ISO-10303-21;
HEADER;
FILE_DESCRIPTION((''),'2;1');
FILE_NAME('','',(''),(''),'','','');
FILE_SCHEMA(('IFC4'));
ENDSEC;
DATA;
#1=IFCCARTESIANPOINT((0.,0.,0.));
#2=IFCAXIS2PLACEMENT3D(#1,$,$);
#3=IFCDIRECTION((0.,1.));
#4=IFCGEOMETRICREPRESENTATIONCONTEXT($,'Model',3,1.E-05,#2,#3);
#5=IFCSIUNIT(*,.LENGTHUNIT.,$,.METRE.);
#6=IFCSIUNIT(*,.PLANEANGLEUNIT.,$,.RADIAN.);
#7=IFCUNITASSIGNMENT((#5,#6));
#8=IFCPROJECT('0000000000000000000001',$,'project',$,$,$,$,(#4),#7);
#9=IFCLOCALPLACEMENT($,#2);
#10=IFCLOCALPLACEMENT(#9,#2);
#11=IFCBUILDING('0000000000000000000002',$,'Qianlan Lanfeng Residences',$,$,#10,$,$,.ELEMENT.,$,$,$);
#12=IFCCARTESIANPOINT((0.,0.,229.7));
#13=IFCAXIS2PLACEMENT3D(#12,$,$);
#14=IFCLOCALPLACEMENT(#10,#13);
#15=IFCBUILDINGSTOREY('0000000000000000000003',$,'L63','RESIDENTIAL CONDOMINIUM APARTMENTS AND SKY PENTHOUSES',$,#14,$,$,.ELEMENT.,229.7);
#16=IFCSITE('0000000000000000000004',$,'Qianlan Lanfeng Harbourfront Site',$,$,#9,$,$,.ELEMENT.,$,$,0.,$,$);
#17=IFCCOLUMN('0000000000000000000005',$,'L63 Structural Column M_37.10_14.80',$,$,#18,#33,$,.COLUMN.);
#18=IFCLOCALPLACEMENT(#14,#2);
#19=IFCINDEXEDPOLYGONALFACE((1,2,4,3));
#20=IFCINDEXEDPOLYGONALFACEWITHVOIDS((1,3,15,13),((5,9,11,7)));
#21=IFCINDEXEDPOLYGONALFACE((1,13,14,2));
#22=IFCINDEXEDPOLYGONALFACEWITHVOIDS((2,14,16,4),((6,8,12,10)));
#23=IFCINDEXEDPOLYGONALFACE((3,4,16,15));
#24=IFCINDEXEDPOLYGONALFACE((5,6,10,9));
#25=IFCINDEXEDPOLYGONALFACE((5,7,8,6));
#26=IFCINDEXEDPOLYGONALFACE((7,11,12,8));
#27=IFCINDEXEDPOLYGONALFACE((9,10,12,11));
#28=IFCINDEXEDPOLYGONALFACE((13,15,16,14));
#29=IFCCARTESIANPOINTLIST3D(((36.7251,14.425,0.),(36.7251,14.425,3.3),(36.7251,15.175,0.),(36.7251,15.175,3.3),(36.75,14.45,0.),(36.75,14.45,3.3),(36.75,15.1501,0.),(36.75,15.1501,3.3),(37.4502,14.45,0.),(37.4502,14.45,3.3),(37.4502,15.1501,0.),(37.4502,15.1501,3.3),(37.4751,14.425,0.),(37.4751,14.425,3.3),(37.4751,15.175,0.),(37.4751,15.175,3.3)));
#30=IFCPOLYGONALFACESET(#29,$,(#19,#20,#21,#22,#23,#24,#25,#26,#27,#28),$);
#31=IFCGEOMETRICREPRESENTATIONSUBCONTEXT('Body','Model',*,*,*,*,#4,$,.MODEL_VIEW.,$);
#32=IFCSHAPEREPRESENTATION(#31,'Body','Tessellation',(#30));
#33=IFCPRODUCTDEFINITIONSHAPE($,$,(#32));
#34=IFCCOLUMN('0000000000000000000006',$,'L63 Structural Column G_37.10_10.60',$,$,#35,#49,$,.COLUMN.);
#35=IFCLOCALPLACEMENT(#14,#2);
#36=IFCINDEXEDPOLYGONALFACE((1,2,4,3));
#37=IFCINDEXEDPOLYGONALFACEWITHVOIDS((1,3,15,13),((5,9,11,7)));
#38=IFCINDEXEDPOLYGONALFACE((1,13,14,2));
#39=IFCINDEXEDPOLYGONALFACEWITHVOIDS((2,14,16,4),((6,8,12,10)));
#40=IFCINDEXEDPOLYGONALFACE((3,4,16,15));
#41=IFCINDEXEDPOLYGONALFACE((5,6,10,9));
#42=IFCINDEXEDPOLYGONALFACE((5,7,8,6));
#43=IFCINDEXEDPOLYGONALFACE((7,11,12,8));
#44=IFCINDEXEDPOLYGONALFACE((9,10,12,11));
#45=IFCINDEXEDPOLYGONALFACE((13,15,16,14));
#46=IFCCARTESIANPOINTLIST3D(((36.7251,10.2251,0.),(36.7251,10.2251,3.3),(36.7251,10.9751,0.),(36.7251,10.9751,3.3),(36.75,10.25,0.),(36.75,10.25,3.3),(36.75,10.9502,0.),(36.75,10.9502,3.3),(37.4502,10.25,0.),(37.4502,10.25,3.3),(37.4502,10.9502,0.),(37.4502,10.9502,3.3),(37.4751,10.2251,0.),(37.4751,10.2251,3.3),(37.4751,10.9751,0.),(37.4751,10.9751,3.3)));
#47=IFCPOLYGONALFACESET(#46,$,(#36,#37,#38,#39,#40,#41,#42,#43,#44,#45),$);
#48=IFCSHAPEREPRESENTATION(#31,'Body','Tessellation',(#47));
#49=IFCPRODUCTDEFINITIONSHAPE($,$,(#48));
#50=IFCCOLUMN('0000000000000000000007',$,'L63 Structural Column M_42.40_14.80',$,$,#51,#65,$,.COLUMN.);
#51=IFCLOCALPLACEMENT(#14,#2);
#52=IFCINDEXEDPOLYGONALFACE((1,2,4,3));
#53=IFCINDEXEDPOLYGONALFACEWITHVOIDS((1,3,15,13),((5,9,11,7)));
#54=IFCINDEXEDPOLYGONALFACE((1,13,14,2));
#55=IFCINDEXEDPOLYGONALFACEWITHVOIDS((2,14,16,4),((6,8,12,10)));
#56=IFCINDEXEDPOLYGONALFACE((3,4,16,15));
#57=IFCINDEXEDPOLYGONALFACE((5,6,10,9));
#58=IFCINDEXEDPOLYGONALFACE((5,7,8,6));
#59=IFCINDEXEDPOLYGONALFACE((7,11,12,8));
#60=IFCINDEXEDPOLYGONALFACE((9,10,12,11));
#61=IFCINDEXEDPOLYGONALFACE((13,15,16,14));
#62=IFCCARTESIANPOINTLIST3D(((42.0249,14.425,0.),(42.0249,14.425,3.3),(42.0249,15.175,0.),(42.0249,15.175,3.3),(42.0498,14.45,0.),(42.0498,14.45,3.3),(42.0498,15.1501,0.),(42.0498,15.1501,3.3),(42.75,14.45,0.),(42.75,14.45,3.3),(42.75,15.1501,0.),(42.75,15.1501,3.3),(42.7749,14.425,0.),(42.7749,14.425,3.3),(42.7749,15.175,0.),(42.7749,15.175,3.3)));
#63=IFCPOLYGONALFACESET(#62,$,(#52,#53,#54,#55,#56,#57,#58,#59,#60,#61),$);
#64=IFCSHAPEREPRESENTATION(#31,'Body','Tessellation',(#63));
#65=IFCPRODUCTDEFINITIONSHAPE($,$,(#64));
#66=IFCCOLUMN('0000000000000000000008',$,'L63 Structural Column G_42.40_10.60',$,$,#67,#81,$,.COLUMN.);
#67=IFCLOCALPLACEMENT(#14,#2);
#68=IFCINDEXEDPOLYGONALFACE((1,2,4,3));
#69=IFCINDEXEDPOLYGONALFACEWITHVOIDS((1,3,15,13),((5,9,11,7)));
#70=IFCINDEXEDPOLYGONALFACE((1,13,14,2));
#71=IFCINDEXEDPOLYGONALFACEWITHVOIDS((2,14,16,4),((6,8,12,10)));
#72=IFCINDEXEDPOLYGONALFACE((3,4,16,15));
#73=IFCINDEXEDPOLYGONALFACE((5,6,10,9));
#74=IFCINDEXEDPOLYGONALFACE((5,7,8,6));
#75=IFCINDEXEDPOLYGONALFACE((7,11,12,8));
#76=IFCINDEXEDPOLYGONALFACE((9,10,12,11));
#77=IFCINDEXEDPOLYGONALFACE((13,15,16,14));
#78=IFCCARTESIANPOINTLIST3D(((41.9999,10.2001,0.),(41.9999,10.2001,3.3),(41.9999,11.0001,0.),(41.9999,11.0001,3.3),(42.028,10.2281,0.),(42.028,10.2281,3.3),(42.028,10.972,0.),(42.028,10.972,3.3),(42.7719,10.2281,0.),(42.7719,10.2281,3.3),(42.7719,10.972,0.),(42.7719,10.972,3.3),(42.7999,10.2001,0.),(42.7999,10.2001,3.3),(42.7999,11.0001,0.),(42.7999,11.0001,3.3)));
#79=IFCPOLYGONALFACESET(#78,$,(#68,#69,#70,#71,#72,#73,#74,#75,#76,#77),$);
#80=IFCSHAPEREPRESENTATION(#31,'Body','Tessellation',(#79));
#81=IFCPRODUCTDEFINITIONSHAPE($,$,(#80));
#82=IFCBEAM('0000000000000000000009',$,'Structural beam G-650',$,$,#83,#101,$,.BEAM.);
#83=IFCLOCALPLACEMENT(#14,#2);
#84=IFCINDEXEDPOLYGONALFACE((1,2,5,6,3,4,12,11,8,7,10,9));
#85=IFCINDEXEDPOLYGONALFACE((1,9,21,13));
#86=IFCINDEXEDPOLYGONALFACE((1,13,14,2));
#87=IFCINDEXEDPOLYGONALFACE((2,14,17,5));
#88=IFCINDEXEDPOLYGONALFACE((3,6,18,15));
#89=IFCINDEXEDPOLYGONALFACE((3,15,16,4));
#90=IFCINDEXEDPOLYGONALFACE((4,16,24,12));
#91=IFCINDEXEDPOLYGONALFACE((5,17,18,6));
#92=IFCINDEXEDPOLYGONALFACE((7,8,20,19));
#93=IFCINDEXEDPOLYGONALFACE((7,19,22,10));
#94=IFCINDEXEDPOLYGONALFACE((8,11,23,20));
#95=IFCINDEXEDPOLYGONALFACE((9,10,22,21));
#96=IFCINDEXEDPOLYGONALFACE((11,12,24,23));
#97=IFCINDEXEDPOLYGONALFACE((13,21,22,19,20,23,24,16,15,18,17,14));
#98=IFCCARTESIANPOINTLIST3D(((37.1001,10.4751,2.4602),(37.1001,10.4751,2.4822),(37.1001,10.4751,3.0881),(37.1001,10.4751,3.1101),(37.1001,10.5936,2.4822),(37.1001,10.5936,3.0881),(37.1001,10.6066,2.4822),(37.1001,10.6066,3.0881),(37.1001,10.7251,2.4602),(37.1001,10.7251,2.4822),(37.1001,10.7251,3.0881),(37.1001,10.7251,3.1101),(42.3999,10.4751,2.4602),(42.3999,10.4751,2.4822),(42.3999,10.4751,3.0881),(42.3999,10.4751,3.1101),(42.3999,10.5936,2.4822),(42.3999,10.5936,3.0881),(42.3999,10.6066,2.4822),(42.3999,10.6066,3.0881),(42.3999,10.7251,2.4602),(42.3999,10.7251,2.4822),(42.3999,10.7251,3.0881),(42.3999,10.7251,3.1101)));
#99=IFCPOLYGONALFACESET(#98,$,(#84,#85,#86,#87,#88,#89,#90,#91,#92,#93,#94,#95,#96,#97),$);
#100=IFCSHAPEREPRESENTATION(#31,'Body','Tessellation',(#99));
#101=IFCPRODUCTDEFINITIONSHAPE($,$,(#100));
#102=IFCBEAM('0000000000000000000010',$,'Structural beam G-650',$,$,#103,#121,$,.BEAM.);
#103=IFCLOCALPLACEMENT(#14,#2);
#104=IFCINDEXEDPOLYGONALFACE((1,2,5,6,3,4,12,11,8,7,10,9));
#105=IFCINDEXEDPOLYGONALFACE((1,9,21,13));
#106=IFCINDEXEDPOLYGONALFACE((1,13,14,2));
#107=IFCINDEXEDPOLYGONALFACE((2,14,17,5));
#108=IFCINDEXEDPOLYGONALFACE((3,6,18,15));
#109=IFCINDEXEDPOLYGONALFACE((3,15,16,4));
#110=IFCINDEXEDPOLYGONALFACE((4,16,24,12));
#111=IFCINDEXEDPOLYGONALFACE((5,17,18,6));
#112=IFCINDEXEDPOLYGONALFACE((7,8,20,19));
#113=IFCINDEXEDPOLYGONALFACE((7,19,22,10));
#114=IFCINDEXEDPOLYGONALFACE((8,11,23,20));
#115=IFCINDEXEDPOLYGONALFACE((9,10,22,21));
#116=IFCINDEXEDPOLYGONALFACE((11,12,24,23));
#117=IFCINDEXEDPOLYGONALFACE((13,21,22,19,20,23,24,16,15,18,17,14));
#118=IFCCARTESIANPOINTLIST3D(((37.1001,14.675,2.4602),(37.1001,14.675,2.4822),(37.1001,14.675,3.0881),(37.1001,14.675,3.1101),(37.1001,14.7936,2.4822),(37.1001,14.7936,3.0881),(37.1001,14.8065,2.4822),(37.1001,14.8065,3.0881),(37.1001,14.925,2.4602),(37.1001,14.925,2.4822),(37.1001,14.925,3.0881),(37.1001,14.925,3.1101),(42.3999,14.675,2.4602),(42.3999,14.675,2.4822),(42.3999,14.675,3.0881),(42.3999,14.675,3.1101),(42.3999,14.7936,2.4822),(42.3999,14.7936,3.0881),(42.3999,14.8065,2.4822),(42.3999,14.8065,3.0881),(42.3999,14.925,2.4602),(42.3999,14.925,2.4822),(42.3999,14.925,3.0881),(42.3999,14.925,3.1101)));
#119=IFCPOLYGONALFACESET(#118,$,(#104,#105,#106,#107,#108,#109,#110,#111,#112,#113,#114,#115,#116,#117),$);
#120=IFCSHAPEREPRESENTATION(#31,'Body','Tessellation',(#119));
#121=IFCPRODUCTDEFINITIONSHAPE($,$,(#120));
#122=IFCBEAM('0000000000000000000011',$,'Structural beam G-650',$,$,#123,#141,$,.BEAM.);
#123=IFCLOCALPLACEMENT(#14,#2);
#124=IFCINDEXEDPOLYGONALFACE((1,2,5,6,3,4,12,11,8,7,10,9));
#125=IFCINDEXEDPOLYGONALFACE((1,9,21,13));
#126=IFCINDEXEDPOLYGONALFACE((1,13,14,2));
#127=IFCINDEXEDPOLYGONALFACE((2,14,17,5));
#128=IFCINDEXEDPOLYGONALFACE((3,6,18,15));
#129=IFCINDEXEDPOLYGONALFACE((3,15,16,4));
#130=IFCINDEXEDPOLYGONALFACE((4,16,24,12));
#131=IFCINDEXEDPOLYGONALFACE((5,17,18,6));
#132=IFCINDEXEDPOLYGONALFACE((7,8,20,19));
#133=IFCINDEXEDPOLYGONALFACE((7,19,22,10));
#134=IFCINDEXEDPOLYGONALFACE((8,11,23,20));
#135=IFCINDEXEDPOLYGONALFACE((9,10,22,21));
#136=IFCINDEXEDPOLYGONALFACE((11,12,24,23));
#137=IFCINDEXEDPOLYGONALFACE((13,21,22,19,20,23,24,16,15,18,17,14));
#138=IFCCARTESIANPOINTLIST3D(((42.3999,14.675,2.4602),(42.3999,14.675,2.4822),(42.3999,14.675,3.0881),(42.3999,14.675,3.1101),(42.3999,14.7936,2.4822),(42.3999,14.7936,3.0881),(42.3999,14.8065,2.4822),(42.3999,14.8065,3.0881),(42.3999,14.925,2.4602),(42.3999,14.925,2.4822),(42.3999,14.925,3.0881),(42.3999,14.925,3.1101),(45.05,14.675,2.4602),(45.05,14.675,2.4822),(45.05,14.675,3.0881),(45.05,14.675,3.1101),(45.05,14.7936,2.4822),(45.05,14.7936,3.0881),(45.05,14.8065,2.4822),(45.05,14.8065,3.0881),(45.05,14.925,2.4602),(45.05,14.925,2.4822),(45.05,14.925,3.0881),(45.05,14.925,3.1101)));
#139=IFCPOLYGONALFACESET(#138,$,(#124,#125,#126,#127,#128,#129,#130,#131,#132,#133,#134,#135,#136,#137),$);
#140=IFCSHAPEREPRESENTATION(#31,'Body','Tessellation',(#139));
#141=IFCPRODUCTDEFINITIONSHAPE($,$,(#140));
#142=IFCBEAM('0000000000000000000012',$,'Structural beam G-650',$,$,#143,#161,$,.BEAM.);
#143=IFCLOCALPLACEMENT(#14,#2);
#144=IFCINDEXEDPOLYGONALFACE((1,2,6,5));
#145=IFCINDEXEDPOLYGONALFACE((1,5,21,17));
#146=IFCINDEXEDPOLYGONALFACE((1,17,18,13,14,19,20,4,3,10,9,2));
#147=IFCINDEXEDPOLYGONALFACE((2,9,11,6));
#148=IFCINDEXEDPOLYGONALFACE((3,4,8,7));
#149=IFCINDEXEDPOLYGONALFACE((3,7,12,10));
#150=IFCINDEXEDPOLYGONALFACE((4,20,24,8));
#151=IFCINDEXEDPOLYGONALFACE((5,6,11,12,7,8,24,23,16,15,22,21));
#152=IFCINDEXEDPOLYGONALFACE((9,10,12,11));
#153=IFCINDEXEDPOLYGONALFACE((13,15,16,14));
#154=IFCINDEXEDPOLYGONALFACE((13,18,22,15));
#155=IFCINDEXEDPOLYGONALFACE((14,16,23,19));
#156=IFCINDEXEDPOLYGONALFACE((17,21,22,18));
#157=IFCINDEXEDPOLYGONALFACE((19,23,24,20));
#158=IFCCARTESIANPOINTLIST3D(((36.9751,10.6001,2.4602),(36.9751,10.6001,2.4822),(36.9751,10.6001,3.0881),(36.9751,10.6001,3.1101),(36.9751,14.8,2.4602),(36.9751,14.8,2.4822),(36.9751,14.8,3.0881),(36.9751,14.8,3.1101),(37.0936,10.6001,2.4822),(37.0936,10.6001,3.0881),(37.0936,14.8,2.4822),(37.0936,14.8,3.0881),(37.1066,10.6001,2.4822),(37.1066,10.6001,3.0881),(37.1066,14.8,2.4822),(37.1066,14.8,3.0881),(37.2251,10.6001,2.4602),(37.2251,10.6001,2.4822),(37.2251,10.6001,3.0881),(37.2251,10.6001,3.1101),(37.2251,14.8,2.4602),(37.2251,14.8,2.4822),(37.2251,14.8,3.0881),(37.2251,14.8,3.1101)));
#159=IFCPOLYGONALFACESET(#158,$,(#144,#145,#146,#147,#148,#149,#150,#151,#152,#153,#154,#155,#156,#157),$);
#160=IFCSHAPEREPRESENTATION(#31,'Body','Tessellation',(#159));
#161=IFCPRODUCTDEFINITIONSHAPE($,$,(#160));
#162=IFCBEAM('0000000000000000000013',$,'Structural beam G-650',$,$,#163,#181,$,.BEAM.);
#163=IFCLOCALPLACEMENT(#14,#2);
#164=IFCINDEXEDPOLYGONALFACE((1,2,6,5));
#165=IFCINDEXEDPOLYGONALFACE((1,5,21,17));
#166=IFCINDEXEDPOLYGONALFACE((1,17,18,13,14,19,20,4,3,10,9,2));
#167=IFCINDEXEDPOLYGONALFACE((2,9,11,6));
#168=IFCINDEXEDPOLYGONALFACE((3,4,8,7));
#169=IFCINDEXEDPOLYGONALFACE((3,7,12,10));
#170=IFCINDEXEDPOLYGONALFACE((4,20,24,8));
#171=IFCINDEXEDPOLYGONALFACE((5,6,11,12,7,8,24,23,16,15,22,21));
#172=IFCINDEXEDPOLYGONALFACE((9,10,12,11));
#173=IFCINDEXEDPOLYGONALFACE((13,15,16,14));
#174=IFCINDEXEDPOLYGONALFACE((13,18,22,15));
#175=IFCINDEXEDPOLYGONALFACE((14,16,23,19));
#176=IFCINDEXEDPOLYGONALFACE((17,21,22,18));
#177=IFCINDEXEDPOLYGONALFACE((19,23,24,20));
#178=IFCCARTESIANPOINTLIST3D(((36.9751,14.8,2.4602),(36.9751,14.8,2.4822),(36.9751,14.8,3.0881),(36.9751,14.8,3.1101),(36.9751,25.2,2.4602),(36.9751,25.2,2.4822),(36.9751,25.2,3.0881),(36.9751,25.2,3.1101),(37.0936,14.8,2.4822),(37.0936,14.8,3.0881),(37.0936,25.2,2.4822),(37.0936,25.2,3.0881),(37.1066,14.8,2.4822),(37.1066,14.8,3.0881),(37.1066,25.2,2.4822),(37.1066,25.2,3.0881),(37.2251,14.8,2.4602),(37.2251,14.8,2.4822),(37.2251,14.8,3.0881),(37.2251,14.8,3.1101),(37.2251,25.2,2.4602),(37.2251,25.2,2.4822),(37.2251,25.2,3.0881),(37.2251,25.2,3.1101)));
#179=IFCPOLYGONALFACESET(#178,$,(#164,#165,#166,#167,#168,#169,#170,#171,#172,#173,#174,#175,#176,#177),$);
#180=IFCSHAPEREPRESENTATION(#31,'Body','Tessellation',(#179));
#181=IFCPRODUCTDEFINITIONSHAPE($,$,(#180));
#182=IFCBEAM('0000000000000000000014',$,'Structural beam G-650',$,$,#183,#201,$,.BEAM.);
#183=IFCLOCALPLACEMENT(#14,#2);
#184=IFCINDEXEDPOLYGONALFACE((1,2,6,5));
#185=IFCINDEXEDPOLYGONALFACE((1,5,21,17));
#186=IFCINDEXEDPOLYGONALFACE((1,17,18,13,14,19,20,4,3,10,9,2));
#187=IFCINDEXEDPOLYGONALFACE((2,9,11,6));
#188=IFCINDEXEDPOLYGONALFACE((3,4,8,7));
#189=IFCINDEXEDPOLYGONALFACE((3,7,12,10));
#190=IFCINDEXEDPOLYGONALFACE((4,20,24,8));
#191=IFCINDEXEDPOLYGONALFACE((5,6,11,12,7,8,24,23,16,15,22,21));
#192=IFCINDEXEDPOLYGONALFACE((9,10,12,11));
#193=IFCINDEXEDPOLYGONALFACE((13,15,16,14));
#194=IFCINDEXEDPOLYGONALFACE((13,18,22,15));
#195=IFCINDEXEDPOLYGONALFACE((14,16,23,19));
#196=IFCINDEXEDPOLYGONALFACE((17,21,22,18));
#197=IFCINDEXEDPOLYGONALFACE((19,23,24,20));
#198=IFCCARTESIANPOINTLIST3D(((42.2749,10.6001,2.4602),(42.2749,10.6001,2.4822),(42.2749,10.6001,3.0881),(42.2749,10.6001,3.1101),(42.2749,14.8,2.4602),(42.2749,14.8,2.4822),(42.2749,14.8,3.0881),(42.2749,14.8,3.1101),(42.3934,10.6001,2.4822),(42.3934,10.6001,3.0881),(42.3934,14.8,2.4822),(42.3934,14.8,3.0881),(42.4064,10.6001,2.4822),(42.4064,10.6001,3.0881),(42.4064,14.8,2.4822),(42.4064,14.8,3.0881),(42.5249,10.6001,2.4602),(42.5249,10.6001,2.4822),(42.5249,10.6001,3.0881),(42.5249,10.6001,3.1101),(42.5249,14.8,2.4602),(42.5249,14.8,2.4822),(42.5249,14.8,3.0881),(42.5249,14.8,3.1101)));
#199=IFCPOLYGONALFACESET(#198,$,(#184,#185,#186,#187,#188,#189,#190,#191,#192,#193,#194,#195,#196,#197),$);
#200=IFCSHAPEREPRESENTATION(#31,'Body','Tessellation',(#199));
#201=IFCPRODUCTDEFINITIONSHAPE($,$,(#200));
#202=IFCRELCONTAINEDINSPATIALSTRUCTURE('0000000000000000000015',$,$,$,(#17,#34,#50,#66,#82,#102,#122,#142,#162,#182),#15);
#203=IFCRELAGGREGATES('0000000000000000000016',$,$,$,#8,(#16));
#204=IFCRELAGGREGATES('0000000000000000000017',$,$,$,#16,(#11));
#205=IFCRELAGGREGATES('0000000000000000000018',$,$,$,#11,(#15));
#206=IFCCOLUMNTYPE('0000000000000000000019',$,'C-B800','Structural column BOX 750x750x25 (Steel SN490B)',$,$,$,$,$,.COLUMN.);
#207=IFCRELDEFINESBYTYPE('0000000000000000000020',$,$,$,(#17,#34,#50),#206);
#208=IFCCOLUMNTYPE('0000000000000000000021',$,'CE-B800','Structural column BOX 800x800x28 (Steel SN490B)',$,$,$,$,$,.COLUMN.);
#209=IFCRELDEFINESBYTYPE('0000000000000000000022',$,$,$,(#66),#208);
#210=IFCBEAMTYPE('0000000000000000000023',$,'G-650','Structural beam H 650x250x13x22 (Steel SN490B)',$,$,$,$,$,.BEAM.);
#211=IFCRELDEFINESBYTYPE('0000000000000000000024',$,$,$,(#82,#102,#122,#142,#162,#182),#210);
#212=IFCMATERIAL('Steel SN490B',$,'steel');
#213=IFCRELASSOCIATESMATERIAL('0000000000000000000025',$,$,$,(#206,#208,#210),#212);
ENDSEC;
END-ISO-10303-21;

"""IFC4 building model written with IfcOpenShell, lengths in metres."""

from ifc_helpers import new_model, si_unit, direction, frame, origin, origin_2d, place, context, subcontext, project, spatial, hollow_rectangle, i_section, extrude, material, material_profile, profile_set, type_object, element, save


model = new_model("IFC4")

# Units and contexts
model_context = context("Model", 3, precision=1e-05, world=origin(), true_north=direction((0.0, 1.0)))
body_context = subcontext(model_context, "Body", "Model", "MODEL_VIEW")
ifc_project = project(units=[si_unit("LENGTHUNIT", "METRE"), si_unit("PLANEANGLEUNIT", "RADIAN")], contexts=[model_context])

# Site, building, storey
site_placement = place(None, origin())
site = spatial("IfcSite", under=ifc_project, at=site_placement, Name="Qianlan Lanfeng Harbourfront Site", CompositionType="ELEMENT", RefElevation=0.0)
building_placement = place(site_placement, origin())
building = spatial("IfcBuilding", under=site, at=building_placement, Name="Qianlan Lanfeng Residences", CompositionType="ELEMENT")
storey_placement = place(building_placement, frame((0.0, 0.0, 229.7)))
storey = spatial("IfcBuildingStorey", under=building, at=storey_placement, Name="L63", Description="RESIDENTIAL CONDOMINIUM APARTMENTS AND SKY PENTHOUSES", CompositionType="ELEMENT", Elevation=229.7)

# Columns
ifc_material_1 = material(Name="Steel SN490B", Category="steel")
ifc_material_profile_1 = material_profile(ifc_material_1, hollow_rectangle(XDim=0.75, YDim=0.75, WallThickness=0.0249, at=origin_2d()), Name="BOX 750x750x25")
ifc_profile_set_1 = profile_set([ifc_material_profile_1], Name="Steel SN490B")
column_type_1 = type_object("IfcColumnType", Name="C-B800", Description="Structural column BOX 750x750x25 (Steel SN490B)", PredefinedType="COLUMN", material=ifc_profile_set_1)
for number, where, z_axis, x_axis, name in (
    (1, (37.1001, 14.8, 0.0), (0.0, 0.0, 1.0), (1.0, 0.0, 0.0), "L63 Structural Column M_37.10_14.80"),
    (2, (37.1001, 10.6001, 0.0), (0.0, 0.0, 1.0), (1.0, 0.0, 0.0), "L63 Structural Column G_37.10_10.60"),
    (3, (42.3999, 14.8, 0.0), (0.0, 0.0, 1.0), (1.0, 0.0, 0.0), "L63 Structural Column M_42.40_14.80"),
):
    element("IfcColumn", number, at=place(storey_placement, frame(where, z_axis=z_axis, x_axis=x_axis)), inside=storey, type_object=column_type_1, Name=name, PredefinedType="COLUMN", context=body_context, shape_type="SweptSolid", body=[
        extrude(hollow_rectangle(XDim=0.75, YDim=0.75, WallThickness=0.0249, at=origin_2d()), origin(), (0.0, 0.0, 1.0), 3.3),
    ])
ifc_material_profile_2 = material_profile(ifc_material_1, hollow_rectangle(XDim=0.8, YDim=0.8, WallThickness=0.0281, at=origin_2d()), Name="BOX 800x800x28")
ifc_profile_set_2 = profile_set([ifc_material_profile_2], Name="Steel SN490B")
column_type_2 = type_object("IfcColumnType", Name="CE-B800", Description="Structural column BOX 800x800x28 (Steel SN490B)", PredefinedType="COLUMN", material=ifc_profile_set_2)
column_placement = place(storey_placement, frame((42.3999, 10.6001, 0.0), z_axis=(0.0, 0.0, 1.0), x_axis=(1.0, 0.0, 0.0)))
element("IfcColumn", 4, at=column_placement, inside=storey, type_object=column_type_2, Name="L63 Structural Column G_42.40_10.60", PredefinedType="COLUMN", context=body_context, shape_type="SweptSolid", body=[
    extrude(hollow_rectangle(XDim=0.8, YDim=0.8, WallThickness=0.0281, at=origin_2d()), origin(), (0.0, 0.0, 1.0), 3.3),
])

# Beams
ifc_material_profile_3 = material_profile(ifc_material_1, i_section(OverallWidth=0.25, OverallDepth=0.6499, WebThickness=0.0129, FlangeThickness=0.022, at=origin_2d()), Name="H 650x250x13x22")
ifc_profile_set_3 = profile_set([ifc_material_profile_3], Name="Steel SN490B")
beam_type_1 = type_object("IfcBeamType", Name="G-650", Description="Structural beam H 650x250x13x22 (Steel SN490B)", PredefinedType="BEAM", material=ifc_profile_set_3)
for number, where, z_axis, x_axis, name in (
    (5, (37.1001, 10.6001, 2.7852), (1.0, 0.0, 0.0), (0.0, 1.0, 0.0), "Structural beam G-650"),
    (6, (37.1001, 14.8, 2.7852), (1.0, 0.0, 0.0), (0.0, 1.0, 0.0), "Structural beam G-650"),
):
    element("IfcBeam", number, at=place(storey_placement, frame(where, z_axis=z_axis, x_axis=x_axis)), inside=storey, type_object=beam_type_1, Name=name, PredefinedType="BEAM", context=body_context, shape_type="SweptSolid", body=[
        extrude(i_section(OverallWidth=0.25, OverallDepth=0.6499, WebThickness=0.0129, FlangeThickness=0.022, at=origin_2d()), origin(), (0.0, 0.0, 1.0), 5.2998),
    ])
beam_1_placement = place(storey_placement, frame((42.3999, 14.8, 2.7852), z_axis=(1.0, 0.0, 0.0), x_axis=(0.0, 1.0, 0.0)))
element("IfcBeam", 7, at=beam_1_placement, inside=storey, type_object=beam_type_1, Name="Structural beam G-650", PredefinedType="BEAM", context=body_context, shape_type="SweptSolid", body=[
    extrude(i_section(OverallWidth=0.25, OverallDepth=0.6499, WebThickness=0.0129, FlangeThickness=0.022, at=origin_2d()), origin(), (0.0, 0.0, 1.0), 2.6501),
])
beam_2_placement = place(storey_placement, frame((37.1001, 10.6001, 2.7852), z_axis=(0.0, 1.0, 0.0), x_axis=(-1.0, 0.0, 0.0)))
element("IfcBeam", 8, at=beam_2_placement, inside=storey, type_object=beam_type_1, Name="Structural beam G-650", PredefinedType="BEAM", context=body_context, shape_type="SweptSolid", body=[
    extrude(i_section(OverallWidth=0.25, OverallDepth=0.6499, WebThickness=0.0129, FlangeThickness=0.022, at=origin_2d()), origin(), (0.0, 0.0, 1.0), 4.2),
])
beam_3_placement = place(storey_placement, frame((37.1001, 14.8, 2.7852), z_axis=(0.0, 1.0, 0.0), x_axis=(-1.0, 0.0, 0.0)))
element("IfcBeam", 9, at=beam_3_placement, inside=storey, type_object=beam_type_1, Name="Structural beam G-650", PredefinedType="BEAM", context=body_context, shape_type="SweptSolid", body=[
    extrude(i_section(OverallWidth=0.25, OverallDepth=0.6499, WebThickness=0.0129, FlangeThickness=0.022, at=origin_2d()), origin(), (0.0, 0.0, 1.0), 10.3999),
])
beam_4_placement = place(storey_placement, frame((42.3999, 10.6001, 2.7852), z_axis=(0.0, 1.0, 0.0), x_axis=(-1.0, 0.0, 0.0)))
element("IfcBeam", 10, at=beam_4_placement, inside=storey, type_object=beam_type_1, Name="Structural beam G-650", PredefinedType="BEAM", context=body_context, shape_type="SweptSolid", body=[
    extrude(i_section(OverallWidth=0.25, OverallDepth=0.6499, WebThickness=0.0129, FlangeThickness=0.022, at=origin_2d()), origin(), (0.0, 0.0, 1.0), 4.2),
])

save(model, "model.ifc")
